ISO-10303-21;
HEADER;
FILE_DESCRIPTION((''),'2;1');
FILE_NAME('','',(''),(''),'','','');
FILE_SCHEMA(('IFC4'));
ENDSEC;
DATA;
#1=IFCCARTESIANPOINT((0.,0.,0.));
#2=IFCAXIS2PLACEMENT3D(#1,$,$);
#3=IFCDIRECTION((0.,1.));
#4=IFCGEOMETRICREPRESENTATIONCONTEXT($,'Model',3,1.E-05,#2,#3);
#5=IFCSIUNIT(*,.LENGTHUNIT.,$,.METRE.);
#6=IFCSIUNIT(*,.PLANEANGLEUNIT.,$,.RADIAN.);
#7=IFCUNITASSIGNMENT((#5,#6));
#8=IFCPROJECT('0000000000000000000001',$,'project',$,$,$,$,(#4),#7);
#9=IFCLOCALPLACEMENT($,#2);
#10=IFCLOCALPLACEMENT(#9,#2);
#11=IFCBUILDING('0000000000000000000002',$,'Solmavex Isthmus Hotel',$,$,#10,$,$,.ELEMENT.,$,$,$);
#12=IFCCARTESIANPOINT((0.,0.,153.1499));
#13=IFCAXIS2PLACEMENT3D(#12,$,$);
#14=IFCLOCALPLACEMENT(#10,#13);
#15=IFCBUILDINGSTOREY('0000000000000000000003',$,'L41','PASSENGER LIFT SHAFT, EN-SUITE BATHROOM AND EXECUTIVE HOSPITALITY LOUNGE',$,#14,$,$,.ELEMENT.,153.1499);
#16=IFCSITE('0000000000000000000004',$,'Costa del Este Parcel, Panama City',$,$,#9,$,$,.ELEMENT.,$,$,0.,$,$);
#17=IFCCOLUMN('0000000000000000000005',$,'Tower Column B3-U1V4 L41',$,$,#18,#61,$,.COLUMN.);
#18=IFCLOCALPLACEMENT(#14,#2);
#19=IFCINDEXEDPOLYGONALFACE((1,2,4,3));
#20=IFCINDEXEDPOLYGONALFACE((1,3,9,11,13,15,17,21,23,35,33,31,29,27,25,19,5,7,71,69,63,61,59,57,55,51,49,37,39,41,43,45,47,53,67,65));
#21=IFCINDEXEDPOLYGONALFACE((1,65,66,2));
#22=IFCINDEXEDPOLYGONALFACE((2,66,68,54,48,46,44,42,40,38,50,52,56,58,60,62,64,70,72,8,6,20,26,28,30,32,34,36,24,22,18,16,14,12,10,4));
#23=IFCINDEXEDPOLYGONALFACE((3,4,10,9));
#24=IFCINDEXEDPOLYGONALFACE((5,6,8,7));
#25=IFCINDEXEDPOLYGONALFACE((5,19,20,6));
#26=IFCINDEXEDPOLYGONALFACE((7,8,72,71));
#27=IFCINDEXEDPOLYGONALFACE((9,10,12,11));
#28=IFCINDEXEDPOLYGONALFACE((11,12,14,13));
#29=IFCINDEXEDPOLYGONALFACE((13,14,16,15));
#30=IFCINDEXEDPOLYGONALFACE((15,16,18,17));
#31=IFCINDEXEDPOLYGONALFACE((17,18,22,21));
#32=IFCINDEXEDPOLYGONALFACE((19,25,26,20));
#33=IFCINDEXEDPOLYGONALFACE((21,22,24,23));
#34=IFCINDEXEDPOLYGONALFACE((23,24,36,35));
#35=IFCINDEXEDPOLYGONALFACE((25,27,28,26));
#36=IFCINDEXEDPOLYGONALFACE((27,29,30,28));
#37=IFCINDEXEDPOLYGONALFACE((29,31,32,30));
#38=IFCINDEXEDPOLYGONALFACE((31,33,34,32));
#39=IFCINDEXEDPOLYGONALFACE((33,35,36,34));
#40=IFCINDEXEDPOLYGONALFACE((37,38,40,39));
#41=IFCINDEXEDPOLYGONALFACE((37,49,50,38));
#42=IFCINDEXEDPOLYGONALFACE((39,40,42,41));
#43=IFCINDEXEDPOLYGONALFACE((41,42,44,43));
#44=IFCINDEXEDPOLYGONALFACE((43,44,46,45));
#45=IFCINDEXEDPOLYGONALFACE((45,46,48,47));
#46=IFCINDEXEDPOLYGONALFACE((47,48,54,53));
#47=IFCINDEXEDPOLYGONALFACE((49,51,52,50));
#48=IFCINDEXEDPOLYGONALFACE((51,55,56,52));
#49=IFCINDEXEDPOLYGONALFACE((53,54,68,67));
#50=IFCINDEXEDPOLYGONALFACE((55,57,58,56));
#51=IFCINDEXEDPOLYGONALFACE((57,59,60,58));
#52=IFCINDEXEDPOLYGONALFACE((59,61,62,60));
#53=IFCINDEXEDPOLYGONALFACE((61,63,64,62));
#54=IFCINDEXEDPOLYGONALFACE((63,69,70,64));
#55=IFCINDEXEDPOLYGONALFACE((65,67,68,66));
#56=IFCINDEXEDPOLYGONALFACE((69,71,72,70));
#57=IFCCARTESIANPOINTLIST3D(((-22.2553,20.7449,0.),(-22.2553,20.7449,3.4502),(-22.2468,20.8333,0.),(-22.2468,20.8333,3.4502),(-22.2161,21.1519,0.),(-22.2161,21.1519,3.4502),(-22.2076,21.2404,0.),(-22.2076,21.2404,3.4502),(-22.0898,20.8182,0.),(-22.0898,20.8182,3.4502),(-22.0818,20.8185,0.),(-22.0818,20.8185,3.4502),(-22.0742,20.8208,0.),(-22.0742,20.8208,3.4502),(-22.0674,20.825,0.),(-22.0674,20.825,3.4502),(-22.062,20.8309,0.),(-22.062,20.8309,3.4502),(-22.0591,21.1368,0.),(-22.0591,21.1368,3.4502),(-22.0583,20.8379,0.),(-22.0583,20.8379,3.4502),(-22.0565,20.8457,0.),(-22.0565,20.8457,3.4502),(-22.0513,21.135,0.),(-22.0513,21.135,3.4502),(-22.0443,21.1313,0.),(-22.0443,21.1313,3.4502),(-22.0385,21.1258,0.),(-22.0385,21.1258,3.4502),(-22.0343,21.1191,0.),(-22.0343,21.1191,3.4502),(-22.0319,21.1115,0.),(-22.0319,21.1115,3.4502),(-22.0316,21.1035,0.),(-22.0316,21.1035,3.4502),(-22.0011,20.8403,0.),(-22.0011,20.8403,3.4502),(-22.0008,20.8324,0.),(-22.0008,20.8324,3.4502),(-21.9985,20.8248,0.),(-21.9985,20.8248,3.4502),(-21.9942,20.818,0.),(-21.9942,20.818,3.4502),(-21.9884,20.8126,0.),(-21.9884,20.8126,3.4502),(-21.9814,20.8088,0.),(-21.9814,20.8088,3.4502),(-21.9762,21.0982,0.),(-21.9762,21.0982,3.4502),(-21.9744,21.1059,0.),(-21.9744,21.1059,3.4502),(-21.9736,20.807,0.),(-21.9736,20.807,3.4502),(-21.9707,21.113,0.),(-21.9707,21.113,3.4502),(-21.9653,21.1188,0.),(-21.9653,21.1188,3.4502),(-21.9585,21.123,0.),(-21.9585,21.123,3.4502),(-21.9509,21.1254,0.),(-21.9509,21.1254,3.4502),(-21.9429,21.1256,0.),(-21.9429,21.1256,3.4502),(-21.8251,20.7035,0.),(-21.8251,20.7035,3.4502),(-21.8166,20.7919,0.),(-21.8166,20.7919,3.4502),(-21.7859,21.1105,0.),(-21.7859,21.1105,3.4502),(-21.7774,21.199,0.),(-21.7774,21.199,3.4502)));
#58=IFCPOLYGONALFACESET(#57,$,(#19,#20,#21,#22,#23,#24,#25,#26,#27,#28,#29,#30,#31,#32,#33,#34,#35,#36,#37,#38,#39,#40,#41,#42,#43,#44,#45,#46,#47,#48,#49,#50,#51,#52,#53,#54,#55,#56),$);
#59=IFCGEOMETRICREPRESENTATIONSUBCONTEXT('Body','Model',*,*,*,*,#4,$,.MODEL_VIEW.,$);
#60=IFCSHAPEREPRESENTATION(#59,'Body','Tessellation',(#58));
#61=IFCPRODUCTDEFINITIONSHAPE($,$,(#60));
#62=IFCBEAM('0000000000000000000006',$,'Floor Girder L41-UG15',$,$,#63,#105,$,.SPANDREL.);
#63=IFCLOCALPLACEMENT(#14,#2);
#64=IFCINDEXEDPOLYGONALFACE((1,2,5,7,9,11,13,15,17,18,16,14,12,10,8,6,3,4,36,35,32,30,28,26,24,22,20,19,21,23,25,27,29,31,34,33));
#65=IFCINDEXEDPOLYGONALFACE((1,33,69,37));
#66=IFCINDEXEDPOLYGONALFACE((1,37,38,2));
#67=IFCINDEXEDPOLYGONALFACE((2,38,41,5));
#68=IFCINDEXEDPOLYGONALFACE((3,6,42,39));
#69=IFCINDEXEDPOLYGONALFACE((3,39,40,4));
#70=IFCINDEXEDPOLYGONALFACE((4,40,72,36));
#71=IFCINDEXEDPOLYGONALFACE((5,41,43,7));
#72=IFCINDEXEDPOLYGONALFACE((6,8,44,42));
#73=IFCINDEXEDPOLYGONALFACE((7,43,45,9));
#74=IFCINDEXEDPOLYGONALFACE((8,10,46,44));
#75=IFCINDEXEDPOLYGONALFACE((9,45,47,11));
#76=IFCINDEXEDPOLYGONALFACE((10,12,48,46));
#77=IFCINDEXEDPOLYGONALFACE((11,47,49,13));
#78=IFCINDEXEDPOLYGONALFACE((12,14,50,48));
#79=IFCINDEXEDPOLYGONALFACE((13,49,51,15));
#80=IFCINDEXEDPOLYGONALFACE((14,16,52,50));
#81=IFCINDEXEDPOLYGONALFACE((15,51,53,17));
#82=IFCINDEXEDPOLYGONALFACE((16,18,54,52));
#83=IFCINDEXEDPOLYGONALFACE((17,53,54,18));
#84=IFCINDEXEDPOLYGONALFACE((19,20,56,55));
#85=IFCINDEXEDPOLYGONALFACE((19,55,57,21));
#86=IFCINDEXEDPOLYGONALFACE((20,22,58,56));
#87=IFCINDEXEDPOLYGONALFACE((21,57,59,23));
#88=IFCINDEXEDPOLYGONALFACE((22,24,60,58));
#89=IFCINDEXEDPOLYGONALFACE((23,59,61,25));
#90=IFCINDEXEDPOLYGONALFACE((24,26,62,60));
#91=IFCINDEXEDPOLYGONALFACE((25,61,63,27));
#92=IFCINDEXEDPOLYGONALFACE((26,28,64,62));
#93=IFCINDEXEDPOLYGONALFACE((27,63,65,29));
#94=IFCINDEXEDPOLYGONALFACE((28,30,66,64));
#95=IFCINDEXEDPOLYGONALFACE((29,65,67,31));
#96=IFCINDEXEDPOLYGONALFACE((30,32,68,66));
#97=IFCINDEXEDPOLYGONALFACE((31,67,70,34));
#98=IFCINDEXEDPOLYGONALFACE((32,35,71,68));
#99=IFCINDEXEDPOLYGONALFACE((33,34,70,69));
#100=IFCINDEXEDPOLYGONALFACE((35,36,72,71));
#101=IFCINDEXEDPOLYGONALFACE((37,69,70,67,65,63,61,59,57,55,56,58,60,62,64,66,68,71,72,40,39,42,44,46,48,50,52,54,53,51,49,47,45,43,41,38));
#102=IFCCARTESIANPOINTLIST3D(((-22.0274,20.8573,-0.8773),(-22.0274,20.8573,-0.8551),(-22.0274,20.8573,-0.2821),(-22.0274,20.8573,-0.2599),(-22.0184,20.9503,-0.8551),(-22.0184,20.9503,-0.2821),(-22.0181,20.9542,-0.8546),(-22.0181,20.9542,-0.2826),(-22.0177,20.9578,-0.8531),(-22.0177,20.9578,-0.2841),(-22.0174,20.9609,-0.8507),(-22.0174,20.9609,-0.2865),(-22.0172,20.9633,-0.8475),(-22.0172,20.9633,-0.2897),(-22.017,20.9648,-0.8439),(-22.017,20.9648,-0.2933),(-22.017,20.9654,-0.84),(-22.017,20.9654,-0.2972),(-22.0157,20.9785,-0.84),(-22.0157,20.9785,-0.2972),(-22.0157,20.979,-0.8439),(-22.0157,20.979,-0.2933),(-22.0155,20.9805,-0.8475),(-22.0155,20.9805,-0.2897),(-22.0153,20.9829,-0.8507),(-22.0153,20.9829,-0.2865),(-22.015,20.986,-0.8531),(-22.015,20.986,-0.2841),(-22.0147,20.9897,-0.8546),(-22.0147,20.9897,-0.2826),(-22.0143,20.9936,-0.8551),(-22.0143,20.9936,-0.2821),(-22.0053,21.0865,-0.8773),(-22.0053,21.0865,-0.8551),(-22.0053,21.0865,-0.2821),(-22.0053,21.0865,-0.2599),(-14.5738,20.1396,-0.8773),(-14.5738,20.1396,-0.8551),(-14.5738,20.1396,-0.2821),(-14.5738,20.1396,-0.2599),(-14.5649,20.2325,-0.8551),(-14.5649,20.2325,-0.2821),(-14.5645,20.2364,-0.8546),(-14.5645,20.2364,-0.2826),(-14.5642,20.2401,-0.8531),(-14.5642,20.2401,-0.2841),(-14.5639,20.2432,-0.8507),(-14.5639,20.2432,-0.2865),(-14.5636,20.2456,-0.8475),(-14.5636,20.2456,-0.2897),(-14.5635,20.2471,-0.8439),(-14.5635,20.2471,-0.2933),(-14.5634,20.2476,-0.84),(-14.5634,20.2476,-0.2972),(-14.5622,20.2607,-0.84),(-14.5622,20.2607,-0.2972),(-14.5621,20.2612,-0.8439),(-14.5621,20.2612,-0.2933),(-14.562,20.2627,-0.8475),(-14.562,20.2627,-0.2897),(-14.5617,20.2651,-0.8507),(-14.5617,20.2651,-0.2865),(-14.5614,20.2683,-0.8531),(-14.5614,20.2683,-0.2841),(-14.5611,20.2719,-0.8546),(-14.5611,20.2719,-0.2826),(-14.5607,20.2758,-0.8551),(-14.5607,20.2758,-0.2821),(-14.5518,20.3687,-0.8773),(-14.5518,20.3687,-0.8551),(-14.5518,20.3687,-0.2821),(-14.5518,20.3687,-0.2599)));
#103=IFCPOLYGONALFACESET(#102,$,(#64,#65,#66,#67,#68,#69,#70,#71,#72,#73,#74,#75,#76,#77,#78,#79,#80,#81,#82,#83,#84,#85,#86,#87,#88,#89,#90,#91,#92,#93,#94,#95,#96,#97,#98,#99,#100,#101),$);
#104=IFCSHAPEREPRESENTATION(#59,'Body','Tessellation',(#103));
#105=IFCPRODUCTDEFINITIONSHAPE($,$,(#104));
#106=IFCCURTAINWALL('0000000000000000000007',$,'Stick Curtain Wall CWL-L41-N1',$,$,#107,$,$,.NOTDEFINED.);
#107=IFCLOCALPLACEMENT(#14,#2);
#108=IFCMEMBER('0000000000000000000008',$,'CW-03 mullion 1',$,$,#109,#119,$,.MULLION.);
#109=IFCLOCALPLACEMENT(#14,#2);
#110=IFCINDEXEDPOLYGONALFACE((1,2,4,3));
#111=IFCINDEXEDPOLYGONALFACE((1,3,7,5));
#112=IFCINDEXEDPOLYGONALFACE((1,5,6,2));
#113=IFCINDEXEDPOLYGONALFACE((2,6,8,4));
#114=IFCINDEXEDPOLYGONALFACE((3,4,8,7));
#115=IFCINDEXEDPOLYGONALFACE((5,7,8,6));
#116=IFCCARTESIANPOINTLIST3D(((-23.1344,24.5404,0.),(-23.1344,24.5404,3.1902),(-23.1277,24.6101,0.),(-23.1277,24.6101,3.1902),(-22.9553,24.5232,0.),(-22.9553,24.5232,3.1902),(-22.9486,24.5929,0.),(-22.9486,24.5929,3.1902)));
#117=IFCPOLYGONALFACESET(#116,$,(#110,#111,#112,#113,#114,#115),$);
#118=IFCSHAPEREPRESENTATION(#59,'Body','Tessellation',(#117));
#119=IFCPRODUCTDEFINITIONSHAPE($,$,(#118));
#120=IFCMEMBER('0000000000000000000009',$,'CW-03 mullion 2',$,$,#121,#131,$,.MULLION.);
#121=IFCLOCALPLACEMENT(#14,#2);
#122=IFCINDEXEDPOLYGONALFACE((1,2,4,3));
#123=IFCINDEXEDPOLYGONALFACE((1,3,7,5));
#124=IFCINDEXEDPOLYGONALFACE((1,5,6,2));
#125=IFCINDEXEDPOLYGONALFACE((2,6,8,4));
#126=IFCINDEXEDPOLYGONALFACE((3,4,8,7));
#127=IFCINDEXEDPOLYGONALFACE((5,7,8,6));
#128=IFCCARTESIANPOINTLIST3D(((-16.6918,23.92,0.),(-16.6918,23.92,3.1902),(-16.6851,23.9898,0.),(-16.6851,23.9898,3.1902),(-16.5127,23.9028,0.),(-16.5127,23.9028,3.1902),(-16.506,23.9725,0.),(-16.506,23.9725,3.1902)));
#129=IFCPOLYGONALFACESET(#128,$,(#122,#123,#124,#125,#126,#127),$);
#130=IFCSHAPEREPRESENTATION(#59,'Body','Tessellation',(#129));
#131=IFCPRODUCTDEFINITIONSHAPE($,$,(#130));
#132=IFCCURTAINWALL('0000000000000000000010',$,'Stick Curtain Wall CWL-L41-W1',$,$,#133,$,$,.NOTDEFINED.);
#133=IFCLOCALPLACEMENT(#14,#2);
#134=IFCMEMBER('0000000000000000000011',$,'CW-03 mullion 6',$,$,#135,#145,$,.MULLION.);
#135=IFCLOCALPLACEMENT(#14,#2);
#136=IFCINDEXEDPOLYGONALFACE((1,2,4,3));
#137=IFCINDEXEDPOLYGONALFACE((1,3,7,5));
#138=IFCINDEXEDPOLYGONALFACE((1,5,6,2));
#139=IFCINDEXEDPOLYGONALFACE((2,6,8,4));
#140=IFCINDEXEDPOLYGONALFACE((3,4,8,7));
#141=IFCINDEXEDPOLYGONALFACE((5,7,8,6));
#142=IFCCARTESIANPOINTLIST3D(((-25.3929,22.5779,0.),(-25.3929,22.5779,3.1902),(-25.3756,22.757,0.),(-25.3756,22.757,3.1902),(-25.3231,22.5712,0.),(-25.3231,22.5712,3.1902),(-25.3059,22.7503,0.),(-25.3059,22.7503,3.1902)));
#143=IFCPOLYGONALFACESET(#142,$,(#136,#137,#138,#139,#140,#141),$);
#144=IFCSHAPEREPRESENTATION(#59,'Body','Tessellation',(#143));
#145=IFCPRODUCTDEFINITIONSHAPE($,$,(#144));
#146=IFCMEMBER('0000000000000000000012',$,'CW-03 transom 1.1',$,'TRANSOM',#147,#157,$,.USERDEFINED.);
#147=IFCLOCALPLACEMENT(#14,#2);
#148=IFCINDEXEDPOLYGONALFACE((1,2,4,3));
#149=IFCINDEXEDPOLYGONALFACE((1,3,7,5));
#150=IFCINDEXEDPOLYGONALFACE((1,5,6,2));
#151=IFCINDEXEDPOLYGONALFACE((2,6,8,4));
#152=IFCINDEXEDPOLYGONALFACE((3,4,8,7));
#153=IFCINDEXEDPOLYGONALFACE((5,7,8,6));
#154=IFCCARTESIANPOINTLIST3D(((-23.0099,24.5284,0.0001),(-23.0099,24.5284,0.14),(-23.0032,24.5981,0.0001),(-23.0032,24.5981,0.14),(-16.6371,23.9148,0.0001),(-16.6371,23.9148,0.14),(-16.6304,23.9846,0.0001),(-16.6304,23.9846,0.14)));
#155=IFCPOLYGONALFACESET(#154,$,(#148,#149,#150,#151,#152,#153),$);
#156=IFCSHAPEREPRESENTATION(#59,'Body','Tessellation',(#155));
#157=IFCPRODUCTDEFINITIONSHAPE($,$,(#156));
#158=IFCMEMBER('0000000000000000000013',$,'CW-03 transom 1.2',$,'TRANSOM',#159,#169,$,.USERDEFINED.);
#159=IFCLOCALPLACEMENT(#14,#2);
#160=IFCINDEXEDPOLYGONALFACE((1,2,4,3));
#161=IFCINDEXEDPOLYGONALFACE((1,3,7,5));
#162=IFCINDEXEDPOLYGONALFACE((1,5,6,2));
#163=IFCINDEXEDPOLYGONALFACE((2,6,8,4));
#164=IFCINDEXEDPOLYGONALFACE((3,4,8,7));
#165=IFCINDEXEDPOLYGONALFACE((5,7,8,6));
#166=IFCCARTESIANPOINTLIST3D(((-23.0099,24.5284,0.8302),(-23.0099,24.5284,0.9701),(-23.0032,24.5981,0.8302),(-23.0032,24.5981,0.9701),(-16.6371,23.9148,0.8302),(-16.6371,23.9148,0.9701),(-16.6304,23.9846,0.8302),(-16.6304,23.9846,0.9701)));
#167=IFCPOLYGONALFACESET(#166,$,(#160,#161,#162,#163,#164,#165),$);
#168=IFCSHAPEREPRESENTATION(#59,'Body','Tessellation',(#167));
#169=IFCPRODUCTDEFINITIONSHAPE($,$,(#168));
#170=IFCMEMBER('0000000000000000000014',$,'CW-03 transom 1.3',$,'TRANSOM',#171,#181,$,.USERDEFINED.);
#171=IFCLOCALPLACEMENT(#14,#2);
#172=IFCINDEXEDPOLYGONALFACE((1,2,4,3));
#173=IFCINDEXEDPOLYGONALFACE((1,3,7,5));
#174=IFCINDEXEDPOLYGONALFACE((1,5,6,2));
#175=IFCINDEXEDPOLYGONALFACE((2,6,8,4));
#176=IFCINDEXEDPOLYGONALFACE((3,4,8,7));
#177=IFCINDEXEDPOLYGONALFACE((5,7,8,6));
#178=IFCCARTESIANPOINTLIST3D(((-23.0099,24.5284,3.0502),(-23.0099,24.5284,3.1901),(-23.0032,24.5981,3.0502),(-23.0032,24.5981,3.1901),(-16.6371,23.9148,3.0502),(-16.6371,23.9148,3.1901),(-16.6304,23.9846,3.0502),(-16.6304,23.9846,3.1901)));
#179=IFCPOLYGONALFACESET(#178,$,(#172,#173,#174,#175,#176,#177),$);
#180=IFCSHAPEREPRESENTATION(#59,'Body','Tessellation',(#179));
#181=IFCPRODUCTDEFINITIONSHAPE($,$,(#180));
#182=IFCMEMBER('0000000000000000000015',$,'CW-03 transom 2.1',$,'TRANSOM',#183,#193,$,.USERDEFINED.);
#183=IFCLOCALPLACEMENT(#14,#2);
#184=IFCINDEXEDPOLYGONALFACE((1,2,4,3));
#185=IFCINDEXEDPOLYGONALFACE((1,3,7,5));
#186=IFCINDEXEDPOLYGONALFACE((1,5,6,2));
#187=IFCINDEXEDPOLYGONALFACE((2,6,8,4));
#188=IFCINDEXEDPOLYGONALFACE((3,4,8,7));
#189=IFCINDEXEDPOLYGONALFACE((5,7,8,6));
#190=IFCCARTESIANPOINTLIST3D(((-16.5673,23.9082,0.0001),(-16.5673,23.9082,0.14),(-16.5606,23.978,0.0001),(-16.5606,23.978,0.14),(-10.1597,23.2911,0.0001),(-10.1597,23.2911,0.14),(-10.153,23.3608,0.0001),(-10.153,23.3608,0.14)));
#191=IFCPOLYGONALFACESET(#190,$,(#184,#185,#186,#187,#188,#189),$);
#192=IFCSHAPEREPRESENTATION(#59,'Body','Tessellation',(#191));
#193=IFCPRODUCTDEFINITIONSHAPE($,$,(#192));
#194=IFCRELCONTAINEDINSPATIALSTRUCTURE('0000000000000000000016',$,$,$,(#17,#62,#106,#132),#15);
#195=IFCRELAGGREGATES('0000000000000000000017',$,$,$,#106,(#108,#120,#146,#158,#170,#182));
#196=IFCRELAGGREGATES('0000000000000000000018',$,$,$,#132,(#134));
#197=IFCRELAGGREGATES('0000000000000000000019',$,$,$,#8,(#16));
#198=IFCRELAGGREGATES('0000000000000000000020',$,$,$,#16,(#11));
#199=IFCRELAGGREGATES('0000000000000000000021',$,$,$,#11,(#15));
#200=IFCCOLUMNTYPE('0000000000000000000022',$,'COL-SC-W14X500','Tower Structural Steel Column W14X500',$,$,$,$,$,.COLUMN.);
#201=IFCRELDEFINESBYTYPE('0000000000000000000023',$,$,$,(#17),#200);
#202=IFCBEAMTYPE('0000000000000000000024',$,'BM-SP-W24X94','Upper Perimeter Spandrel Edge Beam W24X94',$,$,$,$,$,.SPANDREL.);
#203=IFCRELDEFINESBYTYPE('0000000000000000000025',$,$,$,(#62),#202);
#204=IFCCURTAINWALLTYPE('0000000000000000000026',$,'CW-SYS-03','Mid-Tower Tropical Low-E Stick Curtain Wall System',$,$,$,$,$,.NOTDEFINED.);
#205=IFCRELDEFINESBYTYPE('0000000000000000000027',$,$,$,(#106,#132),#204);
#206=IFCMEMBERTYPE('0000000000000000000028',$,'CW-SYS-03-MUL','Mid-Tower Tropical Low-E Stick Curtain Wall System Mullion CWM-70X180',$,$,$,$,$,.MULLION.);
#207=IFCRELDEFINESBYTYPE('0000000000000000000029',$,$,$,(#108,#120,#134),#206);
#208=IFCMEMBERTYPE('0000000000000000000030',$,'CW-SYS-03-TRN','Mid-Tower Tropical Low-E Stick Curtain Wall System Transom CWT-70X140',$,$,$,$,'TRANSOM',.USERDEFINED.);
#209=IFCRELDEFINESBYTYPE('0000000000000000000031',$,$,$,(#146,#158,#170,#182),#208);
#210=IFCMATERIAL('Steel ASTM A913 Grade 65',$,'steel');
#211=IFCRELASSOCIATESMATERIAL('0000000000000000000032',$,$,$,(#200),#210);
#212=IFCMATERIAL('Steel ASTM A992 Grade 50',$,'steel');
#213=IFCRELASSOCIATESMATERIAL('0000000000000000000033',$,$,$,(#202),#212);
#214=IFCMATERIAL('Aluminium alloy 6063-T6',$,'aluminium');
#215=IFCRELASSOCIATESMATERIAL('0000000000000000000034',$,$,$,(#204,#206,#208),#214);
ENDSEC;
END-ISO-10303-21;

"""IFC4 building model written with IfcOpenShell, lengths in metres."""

from ifc_helpers import new_model, si_unit, direction, frame, origin, origin_2d, place, context, subcontext, project, spatial, rectangle, i_section, extrude, material, material_profile, profile_set, type_object, element, aggregate, save


model = new_model("IFC4")

# Units and contexts
model_context = context("Model", 3, precision=1e-05, world=origin(), true_north=direction((0.0, 1.0)))
body_context = subcontext(model_context, "Body", "Model", "MODEL_VIEW")
ifc_project = project(units=[si_unit("LENGTHUNIT", "METRE"), si_unit("PLANEANGLEUNIT", "RADIAN")], contexts=[model_context])

# Site, building, storey
site_placement = place(None, origin())
site = spatial("IfcSite", under=ifc_project, at=site_placement, Name="Costa del Este Parcel, Panama City", CompositionType="ELEMENT", RefElevation=0.0)
building_placement = place(site_placement, origin())
building = spatial("IfcBuilding", under=site, at=building_placement, Name="Solmavex Isthmus Hotel", CompositionType="ELEMENT")
storey_placement = place(building_placement, frame((0.0, 0.0, 153.1499)))
storey = spatial("IfcBuildingStorey", under=building, at=storey_placement, Name="L41", Description="PASSENGER LIFT SHAFT, EN-SUITE BATHROOM AND EXECUTIVE HOSPITALITY LOUNGE", CompositionType="ELEMENT", Elevation=153.1499)

# Column
ifc_material_1 = material(Name="Steel ASTM A913 Grade 65", Category="steel")
ifc_material_profile_1 = material_profile(ifc_material_1, i_section(OverallWidth=0.4321, OverallDepth=0.4978, WebThickness=0.0557, FlangeThickness=0.0889, FilletRadius=0.0305, at=origin_2d()), Name="W14X500")
ifc_profile_set_1 = profile_set([ifc_material_profile_1], Name="Steel ASTM A913 Grade 65")
column_type = type_object("IfcColumnType", Name="COL-SC-W14X500", Description="Tower Structural Steel Column W14X500", PredefinedType="COLUMN", material=ifc_profile_set_1)
column_placement = place(storey_placement, frame((-22.0164, 20.9719, 0.0), z_axis=(0.0, 0.0, 1.0), x_axis=(0.995396, -0.095846, 0.0)))
element("IfcColumn", 1, at=column_placement, inside=storey, type_object=column_type, Name="Tower Column B3-U1V4 L41", PredefinedType="COLUMN", context=body_context, shape_type="SweptSolid", body=[
    extrude(i_section(OverallWidth=0.4321, OverallDepth=0.4978, WebThickness=0.0557, FlangeThickness=0.0889, FilletRadius=0.0305, at=origin_2d()), origin(), (0.0, 0.0, 1.0), 3.4502),
])

# Beam
ifc_material_2 = material(Name="Steel ASTM A992 Grade 50", Category="steel")
ifc_material_profile_2 = material_profile(ifc_material_2, i_section(OverallWidth=0.2302, OverallDepth=0.6174, WebThickness=0.0132, FlangeThickness=0.0222, FilletRadius=0.0151, at=origin_2d()), Name="W24X94")
ifc_profile_set_2 = profile_set([ifc_material_profile_2], Name="Steel ASTM A992 Grade 50")
beam_type = type_object("IfcBeamType", Name="BM-SP-W24X94", Description="Upper Perimeter Spandrel Edge Beam W24X94", PredefinedType="SPANDREL", material=ifc_profile_set_2)
beam_placement = place(storey_placement, frame((-22.0164, 20.9719, -0.5686), z_axis=(0.995395, -0.095855, 0.0), x_axis=(0.095855, 0.995395, 0.0)))
element("IfcBeam", 2, at=beam_placement, inside=storey, type_object=beam_type, Name="Floor Girder L41-UG15", PredefinedType="SPANDREL", context=body_context, shape_type="SweptSolid", body=[
    extrude(i_section(OverallWidth=0.2302, OverallDepth=0.6174, WebThickness=0.0132, FlangeThickness=0.0222, FilletRadius=0.0151, at=origin_2d()), origin(), (0.0, 0.0, 1.0), 7.488),
])

# Curtain wall, members
ifc_material_3 = material(Name="Aluminium alloy 6063-T6", Category="aluminium")
curtain_wall_type = type_object("IfcCurtainWallType", Name="CW-SYS-03", Description="Mid-Tower Tropical Low-E Stick Curtain Wall System", PredefinedType="NOTDEFINED", material=ifc_material_3)
curtain_wall_1_placement = place(storey_placement, origin())
curtain_wall_1 = element("IfcCurtainWall", 3, at=curtain_wall_1_placement, inside=storey, type_object=curtain_wall_type, Name="Stick Curtain Wall CWL-L41-N1", PredefinedType="NOTDEFINED")
ifc_material_profile_3 = material_profile(ifc_material_3, rectangle(XDim=0.0701, YDim=0.1799, at=origin_2d()), Name="CWM-70X180")
ifc_profile_set_3 = profile_set([ifc_material_profile_3], Name="Aluminium alloy 6063-T6")
member_type_1 = type_object("IfcMemberType", Name="CW-SYS-03-MUL", Description="Mid-Tower Tropical Low-E Stick Curtain Wall System Mullion CWM-70X180", PredefinedType="MULLION", material=ifc_profile_set_3)
member_1_placement = place(storey_placement, frame((-23.0415, 24.5667, 0.0), z_axis=(0.0, 0.0, 1.0), x_axis=(0.095846, 0.995396, 0.0)))
member_1 = element("IfcMember", 4, at=member_1_placement, type_object=member_type_1, Name="CW-03 mullion 1", PredefinedType="MULLION", context=body_context, shape_type="SweptSolid", body=[
    extrude(rectangle(XDim=0.0701, YDim=0.1799, at=origin_2d()), origin(), (0.0, 0.0, 1.0), 3.1902),
])
member_2_placement = place(storey_placement, frame((-16.5989, 23.9463, 0.0), z_axis=(0.0, 0.0, 1.0), x_axis=(0.095846, 0.995396, 0.0)))
member_2 = element("IfcMember", 5, at=member_2_placement, type_object=member_type_1, Name="CW-03 mullion 2", PredefinedType="MULLION", context=body_context, shape_type="SweptSolid", body=[
    extrude(rectangle(XDim=0.0701, YDim=0.1799, at=origin_2d()), origin(), (0.0, 0.0, 1.0), 3.1902),
])

# Curtain wall, member
curtain_wall_2_placement = place(storey_placement, origin())
curtain_wall_2 = element("IfcCurtainWall", 6, at=curtain_wall_2_placement, inside=storey, type_object=curtain_wall_type, Name="Stick Curtain Wall CWL-L41-W1", PredefinedType="NOTDEFINED")
member_3_placement = place(storey_placement, frame((-25.3494, 22.6641, 0.0), z_axis=(0.0, 0.0, 1.0), x_axis=(-0.995396, 0.095846, 0.0)))
member_3 = element("IfcMember", 7, at=member_3_placement, type_object=member_type_1, Name="CW-03 mullion 6", PredefinedType="MULLION", context=body_context, shape_type="SweptSolid", body=[
    extrude(rectangle(XDim=0.0701, YDim=0.1799, at=origin_2d()), origin(), (0.0, 0.0, 1.0), 3.1902),
])

# Members
ifc_material_profile_4 = material_profile(ifc_material_3, rectangle(XDim=0.0701, YDim=0.1399, at=origin_2d()), Name="CWT-70X140")
ifc_profile_set_4 = profile_set([ifc_material_profile_4], Name="Aluminium alloy 6063-T6")
member_type_2 = type_object("IfcMemberType", Name="CW-SYS-03-TRN", Description="Mid-Tower Tropical Low-E Stick Curtain Wall System Transom CWT-70X140", ElementType="TRANSOM", PredefinedType="USERDEFINED", material=ifc_profile_set_4)
member_4_placement = place(storey_placement, frame((-23.0066, 24.5632, 0.0701), z_axis=(0.995398, -0.095829, 0.0), x_axis=(0.095829, 0.995398, 0.0)))
member_4 = element("IfcMember", 8, at=member_4_placement, type_object=member_type_2, Name="CW-03 transom 1.1", ObjectType="TRANSOM", PredefinedType="USERDEFINED", context=body_context, shape_type="SweptSolid", body=[
    extrude(rectangle(XDim=0.0701, YDim=0.1399, at=origin_2d()), origin(), (0.0, 0.0, 1.0), 6.4023),
])
member_5_placement = place(storey_placement, frame((-23.0066, 24.5632, 0.9001), z_axis=(0.995398, -0.095829, 0.0), x_axis=(0.095829, 0.995398, 0.0)))
member_5 = element("IfcMember", 9, at=member_5_placement, type_object=member_type_2, Name="CW-03 transom 1.2", ObjectType="TRANSOM", PredefinedType="USERDEFINED", context=body_context, shape_type="SweptSolid", body=[
    extrude(rectangle(XDim=0.0701, YDim=0.1399, at=origin_2d()), origin(), (0.0, 0.0, 1.0), 6.4023),
])
member_6_placement = place(storey_placement, frame((-23.0066, 24.5632, 3.1201), z_axis=(0.995398, -0.095829, 0.0), x_axis=(0.095829, 0.995398, 0.0)))
member_6 = element("IfcMember", 10, at=member_6_placement, type_object=member_type_2, Name="CW-03 transom 1.3", ObjectType="TRANSOM", PredefinedType="USERDEFINED", context=body_context, shape_type="SweptSolid", body=[
    extrude(rectangle(XDim=0.0701, YDim=0.1399, at=origin_2d()), origin(), (0.0, 0.0, 1.0), 6.4023),
])
member_7_placement = place(storey_placement, frame((-16.564, 23.9431, 0.0701), z_axis=(0.995393, -0.095876, 0.0), x_axis=(0.095876, 0.995393, 0.0)))
member_7 = element("IfcMember", 11, at=member_7_placement, type_object=member_type_2, Name="CW-03 transom 2.1", ObjectType="TRANSOM", PredefinedType="USERDEFINED", context=body_context, shape_type="SweptSolid", body=[
    extrude(rectangle(XDim=0.0701, YDim=0.1399, at=origin_2d()), origin(), (0.0, 0.0, 1.0), 6.4373),
])

aggregate(curtain_wall_1, [member_1, member_2, member_4, member_5, member_6, member_7])
aggregate(curtain_wall_2, [member_3])

save(model, "model.ifc")
